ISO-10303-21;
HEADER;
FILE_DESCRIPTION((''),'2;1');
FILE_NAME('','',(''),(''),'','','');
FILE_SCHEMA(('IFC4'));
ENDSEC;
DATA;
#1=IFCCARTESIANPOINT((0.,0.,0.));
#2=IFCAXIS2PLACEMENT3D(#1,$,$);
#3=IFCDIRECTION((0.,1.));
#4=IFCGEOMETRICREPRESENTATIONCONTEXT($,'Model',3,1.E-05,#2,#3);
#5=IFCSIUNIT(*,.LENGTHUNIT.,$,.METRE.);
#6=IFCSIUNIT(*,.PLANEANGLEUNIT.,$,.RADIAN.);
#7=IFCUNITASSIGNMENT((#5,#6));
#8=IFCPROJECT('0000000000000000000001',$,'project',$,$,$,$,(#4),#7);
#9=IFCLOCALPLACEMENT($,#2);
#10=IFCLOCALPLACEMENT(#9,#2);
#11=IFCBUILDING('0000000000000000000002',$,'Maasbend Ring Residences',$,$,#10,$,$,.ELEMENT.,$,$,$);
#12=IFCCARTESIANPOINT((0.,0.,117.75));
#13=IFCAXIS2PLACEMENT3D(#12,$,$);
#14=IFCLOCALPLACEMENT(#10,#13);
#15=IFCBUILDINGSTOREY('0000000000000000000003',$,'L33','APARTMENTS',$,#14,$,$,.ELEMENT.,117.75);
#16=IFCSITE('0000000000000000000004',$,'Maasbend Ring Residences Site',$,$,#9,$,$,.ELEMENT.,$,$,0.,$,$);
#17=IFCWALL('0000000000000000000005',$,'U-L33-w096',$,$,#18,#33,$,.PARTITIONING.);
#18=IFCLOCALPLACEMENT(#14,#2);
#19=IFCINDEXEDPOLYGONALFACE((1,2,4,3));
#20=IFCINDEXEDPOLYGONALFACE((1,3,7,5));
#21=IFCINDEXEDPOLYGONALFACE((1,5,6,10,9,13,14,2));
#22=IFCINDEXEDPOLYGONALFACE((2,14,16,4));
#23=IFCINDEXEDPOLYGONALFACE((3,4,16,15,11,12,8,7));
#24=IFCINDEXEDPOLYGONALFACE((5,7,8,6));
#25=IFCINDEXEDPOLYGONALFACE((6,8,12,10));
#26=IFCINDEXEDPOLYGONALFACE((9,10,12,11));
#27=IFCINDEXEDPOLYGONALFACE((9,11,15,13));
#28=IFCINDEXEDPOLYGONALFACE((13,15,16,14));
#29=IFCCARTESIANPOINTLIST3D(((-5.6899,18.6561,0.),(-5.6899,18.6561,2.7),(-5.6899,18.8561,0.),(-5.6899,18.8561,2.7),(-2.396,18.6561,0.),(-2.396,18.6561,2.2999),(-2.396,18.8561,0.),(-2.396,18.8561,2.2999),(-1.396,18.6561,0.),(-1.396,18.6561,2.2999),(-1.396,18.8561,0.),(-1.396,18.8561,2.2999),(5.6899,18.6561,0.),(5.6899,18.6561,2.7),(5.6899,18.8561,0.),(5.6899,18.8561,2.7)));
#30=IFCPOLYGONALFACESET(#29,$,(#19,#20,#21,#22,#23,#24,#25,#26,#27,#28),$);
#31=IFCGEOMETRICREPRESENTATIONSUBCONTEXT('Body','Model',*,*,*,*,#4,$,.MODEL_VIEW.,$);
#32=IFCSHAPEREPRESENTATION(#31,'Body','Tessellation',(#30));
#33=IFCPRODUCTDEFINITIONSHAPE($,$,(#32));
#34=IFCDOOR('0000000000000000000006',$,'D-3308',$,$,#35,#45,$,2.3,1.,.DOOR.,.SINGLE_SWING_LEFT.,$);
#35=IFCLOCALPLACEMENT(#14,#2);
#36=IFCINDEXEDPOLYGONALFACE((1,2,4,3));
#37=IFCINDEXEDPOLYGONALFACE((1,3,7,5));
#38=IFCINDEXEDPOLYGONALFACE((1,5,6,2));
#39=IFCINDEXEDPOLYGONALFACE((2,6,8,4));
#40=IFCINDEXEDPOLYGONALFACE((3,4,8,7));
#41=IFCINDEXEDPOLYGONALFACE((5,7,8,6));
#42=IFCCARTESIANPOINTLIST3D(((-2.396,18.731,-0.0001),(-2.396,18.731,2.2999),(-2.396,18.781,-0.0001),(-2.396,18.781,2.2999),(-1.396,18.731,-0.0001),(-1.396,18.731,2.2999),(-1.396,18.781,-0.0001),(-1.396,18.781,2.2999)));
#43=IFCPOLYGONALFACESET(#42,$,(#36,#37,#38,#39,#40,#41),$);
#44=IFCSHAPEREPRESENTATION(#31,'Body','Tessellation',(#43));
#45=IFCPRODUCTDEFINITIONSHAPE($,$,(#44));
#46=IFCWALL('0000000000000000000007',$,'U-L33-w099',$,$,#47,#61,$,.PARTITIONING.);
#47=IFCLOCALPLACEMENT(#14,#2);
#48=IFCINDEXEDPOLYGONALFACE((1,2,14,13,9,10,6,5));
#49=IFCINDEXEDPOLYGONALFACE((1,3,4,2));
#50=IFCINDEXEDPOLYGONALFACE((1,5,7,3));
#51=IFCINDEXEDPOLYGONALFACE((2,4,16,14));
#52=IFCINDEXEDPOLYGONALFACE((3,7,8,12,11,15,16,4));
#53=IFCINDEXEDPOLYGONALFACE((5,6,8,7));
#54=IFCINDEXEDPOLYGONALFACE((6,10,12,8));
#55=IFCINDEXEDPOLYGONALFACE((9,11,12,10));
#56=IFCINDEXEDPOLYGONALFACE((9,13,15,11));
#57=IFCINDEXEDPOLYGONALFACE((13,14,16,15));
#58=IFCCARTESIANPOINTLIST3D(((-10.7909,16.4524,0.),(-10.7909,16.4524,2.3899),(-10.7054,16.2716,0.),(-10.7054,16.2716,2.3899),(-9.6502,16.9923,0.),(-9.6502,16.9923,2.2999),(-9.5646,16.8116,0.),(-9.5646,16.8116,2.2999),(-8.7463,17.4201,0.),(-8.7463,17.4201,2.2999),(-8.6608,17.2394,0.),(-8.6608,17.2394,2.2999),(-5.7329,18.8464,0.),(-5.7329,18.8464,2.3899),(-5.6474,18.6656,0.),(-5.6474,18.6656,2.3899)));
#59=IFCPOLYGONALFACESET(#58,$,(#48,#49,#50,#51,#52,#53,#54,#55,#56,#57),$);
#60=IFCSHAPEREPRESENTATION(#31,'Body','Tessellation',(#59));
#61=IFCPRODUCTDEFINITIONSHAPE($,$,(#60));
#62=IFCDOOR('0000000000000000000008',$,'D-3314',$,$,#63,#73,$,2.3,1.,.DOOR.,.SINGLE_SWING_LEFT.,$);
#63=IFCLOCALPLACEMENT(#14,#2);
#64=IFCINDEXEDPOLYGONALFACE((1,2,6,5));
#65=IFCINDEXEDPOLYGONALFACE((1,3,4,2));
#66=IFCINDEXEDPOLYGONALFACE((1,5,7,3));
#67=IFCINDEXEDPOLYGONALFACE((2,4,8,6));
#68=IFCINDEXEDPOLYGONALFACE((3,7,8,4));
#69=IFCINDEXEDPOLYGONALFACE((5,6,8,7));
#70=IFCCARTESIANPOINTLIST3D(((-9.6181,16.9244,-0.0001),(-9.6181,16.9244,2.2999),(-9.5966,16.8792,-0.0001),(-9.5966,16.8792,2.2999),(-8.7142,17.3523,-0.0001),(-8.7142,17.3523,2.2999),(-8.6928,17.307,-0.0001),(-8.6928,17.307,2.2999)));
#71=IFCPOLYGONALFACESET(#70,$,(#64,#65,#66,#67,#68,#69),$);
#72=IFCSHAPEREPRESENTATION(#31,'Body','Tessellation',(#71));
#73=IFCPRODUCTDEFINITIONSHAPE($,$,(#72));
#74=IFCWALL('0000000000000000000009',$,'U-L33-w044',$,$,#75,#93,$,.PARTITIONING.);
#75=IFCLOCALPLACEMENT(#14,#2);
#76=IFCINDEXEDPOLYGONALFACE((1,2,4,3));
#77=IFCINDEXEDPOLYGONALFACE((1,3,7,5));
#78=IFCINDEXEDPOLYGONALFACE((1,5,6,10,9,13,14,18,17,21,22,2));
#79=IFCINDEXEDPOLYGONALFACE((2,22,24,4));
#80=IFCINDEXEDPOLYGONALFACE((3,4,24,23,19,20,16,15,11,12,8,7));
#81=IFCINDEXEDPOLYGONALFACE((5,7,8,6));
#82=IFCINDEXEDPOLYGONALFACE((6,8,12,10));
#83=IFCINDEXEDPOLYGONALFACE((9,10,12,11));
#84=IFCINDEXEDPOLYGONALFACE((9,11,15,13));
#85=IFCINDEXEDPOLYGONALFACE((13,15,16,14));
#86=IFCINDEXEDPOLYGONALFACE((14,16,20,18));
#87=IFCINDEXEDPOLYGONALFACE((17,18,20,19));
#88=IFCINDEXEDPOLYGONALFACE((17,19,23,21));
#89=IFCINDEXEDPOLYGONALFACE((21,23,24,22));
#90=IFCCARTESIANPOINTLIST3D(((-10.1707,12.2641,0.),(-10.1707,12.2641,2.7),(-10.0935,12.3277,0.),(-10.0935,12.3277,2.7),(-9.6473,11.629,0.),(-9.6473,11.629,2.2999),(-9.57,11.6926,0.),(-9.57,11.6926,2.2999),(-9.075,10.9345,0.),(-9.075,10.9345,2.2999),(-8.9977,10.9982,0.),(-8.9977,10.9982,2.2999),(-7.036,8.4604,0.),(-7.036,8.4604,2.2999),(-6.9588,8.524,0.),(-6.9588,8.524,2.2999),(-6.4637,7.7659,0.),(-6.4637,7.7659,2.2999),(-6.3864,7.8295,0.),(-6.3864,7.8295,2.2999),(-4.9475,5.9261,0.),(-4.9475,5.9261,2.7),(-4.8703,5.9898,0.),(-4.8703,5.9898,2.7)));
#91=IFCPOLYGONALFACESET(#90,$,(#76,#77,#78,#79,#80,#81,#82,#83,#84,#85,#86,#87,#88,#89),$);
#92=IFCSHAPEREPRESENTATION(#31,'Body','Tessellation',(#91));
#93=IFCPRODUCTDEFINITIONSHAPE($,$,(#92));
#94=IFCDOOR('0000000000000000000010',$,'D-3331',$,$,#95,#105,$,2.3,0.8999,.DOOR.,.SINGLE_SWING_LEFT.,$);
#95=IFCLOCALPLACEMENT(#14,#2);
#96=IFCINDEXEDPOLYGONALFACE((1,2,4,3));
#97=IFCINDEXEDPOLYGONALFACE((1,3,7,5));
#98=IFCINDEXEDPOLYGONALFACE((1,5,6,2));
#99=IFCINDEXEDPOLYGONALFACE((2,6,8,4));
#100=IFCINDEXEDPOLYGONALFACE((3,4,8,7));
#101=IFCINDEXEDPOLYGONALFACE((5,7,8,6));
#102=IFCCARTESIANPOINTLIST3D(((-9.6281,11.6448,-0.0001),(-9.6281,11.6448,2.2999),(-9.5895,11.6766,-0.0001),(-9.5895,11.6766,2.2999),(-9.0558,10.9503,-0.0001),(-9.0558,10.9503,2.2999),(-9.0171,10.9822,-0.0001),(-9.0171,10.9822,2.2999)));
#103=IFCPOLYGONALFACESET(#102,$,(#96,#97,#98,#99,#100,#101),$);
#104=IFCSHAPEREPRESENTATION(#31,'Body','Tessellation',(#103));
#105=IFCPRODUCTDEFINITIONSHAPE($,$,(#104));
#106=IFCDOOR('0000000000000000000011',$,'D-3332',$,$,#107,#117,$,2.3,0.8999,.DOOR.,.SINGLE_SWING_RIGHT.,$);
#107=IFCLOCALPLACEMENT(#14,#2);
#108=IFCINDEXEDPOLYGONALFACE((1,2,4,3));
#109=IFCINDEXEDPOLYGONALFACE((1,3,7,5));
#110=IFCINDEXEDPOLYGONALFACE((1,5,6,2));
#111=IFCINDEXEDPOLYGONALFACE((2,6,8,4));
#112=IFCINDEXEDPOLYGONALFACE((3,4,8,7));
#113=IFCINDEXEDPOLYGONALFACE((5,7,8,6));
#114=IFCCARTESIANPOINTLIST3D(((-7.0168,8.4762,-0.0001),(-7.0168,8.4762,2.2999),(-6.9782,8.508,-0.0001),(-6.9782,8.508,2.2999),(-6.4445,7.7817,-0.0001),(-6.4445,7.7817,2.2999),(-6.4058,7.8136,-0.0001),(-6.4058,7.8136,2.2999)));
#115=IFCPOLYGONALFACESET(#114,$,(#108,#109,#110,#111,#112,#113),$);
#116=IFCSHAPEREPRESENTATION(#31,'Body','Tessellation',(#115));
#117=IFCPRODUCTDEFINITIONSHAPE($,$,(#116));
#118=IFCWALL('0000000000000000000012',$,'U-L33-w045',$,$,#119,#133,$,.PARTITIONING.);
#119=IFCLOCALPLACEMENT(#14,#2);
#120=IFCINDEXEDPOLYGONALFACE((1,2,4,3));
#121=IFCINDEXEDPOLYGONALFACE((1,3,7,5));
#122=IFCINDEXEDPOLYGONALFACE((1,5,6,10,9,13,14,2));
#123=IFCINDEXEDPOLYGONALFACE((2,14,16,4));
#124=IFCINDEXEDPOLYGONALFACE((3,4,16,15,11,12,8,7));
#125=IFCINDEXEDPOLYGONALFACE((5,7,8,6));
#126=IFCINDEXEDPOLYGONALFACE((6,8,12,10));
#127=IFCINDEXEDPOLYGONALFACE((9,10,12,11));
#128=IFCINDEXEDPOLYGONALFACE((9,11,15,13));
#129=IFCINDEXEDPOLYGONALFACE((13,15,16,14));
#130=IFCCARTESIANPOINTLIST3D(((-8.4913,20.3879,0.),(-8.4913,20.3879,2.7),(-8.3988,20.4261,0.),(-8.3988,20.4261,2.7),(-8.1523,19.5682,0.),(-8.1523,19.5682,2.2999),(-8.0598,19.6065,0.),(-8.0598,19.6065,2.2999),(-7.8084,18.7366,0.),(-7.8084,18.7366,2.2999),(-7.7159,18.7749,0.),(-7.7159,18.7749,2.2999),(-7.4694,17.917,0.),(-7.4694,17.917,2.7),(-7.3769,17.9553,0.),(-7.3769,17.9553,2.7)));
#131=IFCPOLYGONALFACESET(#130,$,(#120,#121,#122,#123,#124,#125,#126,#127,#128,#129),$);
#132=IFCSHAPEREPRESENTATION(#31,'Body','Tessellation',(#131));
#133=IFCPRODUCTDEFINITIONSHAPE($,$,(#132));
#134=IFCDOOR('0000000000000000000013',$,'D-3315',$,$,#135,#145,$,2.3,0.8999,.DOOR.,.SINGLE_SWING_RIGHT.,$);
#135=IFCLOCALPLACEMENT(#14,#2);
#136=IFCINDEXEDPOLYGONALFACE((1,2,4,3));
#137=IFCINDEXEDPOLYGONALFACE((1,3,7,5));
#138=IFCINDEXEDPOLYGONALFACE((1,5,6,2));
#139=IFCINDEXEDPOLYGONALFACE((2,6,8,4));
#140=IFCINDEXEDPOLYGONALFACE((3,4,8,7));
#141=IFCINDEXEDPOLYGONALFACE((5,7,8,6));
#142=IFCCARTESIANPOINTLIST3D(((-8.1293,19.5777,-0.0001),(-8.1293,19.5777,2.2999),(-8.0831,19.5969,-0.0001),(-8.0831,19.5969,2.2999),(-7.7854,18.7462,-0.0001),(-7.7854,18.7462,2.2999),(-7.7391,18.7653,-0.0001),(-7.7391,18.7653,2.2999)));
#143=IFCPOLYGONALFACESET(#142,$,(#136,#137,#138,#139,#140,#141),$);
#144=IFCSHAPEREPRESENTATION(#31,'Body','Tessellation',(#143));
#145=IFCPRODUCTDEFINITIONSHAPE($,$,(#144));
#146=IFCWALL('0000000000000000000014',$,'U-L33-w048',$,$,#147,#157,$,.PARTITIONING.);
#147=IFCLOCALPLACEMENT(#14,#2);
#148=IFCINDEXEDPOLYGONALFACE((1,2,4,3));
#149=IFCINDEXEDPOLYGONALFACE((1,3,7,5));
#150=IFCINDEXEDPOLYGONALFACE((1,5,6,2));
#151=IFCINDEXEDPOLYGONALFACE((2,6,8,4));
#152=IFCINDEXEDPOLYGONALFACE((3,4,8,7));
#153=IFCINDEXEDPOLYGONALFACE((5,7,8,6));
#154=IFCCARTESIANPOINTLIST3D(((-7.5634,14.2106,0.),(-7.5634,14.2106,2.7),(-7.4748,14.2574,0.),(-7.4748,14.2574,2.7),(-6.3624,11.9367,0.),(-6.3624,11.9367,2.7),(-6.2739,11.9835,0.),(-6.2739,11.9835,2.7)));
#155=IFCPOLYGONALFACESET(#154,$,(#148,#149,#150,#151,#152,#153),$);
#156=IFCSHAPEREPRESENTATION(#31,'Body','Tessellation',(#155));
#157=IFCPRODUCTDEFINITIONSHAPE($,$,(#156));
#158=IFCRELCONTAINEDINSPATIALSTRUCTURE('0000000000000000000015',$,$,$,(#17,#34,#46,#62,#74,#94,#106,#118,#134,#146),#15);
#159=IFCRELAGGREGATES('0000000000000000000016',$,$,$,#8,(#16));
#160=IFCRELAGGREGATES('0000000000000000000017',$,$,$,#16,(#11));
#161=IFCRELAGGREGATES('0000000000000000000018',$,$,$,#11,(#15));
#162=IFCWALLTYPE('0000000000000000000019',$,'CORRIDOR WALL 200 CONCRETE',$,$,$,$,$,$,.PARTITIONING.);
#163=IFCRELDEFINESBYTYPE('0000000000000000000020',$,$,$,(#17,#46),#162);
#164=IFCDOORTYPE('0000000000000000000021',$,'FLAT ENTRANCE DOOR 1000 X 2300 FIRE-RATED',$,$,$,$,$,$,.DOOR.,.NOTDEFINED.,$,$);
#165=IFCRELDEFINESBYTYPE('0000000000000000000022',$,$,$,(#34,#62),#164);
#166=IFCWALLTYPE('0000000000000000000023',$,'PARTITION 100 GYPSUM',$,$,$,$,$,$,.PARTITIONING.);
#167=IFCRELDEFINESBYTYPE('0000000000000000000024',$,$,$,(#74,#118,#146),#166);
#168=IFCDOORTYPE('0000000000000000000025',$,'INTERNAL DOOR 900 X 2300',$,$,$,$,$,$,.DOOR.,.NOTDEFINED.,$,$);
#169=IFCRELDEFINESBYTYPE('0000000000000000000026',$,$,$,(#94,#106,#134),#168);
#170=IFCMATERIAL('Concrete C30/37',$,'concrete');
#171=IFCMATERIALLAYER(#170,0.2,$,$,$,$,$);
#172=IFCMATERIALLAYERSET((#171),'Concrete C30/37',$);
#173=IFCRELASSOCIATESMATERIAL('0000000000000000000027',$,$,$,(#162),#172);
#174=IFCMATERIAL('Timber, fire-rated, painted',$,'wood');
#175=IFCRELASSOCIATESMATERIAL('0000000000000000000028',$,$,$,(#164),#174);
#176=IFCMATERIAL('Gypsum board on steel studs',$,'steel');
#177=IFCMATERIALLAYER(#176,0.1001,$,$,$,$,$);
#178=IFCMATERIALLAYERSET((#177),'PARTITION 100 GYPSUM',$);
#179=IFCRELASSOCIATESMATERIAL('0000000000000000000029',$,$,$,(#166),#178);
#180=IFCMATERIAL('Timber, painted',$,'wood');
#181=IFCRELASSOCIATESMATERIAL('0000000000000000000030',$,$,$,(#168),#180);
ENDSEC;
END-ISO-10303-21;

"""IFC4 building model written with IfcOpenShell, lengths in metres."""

from ifc_helpers import new_model, si_unit, direction, frame, frame_2d, origin, place, context, subcontext, project, spatial, rectangle, extrude, material, layer, layer_set, type_object, element, fill, save


model = new_model("IFC4")

# Units and contexts
model_context = context("Model", 3, precision=1e-05, world=origin(), true_north=direction((0.0, 1.0)))
body_context = subcontext(model_context, "Body", "Model", "MODEL_VIEW")
ifc_project = project(units=[si_unit("LENGTHUNIT", "METRE"), si_unit("PLANEANGLEUNIT", "RADIAN")], contexts=[model_context])

# Site, building, storey
site_placement = place(None, origin())
site = spatial("IfcSite", under=ifc_project, at=site_placement, Name="Maasbend Ring Residences Site", CompositionType="ELEMENT", RefElevation=0.0)
building_placement = place(site_placement, origin())
building = spatial("IfcBuilding", under=site, at=building_placement, Name="Maasbend Ring Residences", CompositionType="ELEMENT")
storey_placement = place(building_placement, frame((0.0, 0.0, 117.75)))
storey = spatial("IfcBuildingStorey", under=building, at=storey_placement, Name="L33", Description="APARTMENTS", CompositionType="ELEMENT", Elevation=117.75)

# Walls, openings, doors
ifc_material_1 = material(Name="Concrete C30/37", Category="concrete")
ifc_layer_1 = layer(ifc_material_1, 0.2)
ifc_layer_set_1 = layer_set([ifc_layer_1], Name="Concrete C30/37")
wall_type_1 = type_object("IfcWallType", Name="CORRIDOR WALL 200 CONCRETE", PredefinedType="PARTITIONING", material=ifc_layer_set_1)
ifc_material_2 = material(Name="Timber, fire-rated, painted", Category="wood")
door_type_1 = type_object("IfcDoorType", Name="FLAT ENTRANCE DOOR 1000 X 2300 FIRE-RATED", OperationType="NOTDEFINED", PredefinedType="DOOR", material=ifc_material_2)
wall_1_placement = place(storey_placement, frame((-5.6899, 18.7561, 0.0), z_axis=(0.0, 0.0, 1.0), x_axis=(1.0, 0.0, 0.0)))
wall_1 = element("IfcWall", 1, at=wall_1_placement, inside=storey, type_object=wall_type_1, Name="U-L33-w096", PredefinedType="PARTITIONING", context=body_context, shape_type="SweptSolid", body=[
    extrude(rectangle(XDim=11.3799, YDim=0.2, at=frame_2d((5.6899, 0.0))), origin(), (0.0, 0.0, 1.0), 2.7),
])
opening_1_placement = place(wall_1_placement, frame((3.2939, 0.0, 0.0)))
opening_1 = element("IfcOpeningElement", 2, at=opening_1_placement, cuts=wall_1, PredefinedType="OPENING", context=body_context, shape_type="SweptSolid", body=[
    extrude(rectangle(XDim=1.0, YDim=2.3, at=frame_2d((0.5, 1.1499))), frame((0.0, 0.1099, 0.0), z_axis=(0.0, -1.0, 0.0), x_axis=(1.0, 0.0, 0.0)), (0.0, 0.0, 1.0), 0.22),
])
door_1_placement = place(opening_1_placement, origin())
door_1 = element("IfcDoor", 3, at=door_1_placement, inside=storey, type_object=door_type_1, Name="D-3308", OperationType="SINGLE_SWING_LEFT", OverallHeight=2.3, OverallWidth=1.0, PredefinedType="DOOR", context=body_context, shape_type="SweptSolid", body=[
    extrude(rectangle(XDim=1.0, YDim=2.3, at=frame_2d((0.5, 1.1499))), frame((0.0, 0.0249, 0.0), z_axis=(0.0, -1.0, 0.0), x_axis=(1.0, 0.0, 0.0)), (0.0, 0.0, 1.0), 0.05),
])
fill(opening_1, door_1)
wall_2_placement = place(storey_placement, frame((-10.748, 16.3621, 0.0), z_axis=(0.0, 0.0, 1.0), x_axis=(0.903869, 0.427809, 0.0)))
wall_2 = element("IfcWall", 4, at=wall_2_placement, inside=storey, type_object=wall_type_1, Name="U-L33-w099", PredefinedType="PARTITIONING", context=body_context, shape_type="SweptSolid", body=[
    extrude(rectangle(XDim=5.5959, YDim=0.2, at=frame_2d((2.7979, 0.0))), origin(), (0.0, 0.0, 1.0), 2.3899),
])
opening_2_placement = place(wall_2_placement, frame((1.262, 0.0, 0.0)))
opening_2 = element("IfcOpeningElement", 5, at=opening_2_placement, cuts=wall_2, PredefinedType="OPENING", context=body_context, shape_type="SweptSolid", body=[
    extrude(rectangle(XDim=1.0, YDim=2.3, at=frame_2d((0.5, 1.1499))), frame((0.0, 0.1099, 0.0), z_axis=(0.0, -1.0, 0.0), x_axis=(1.0, 0.0, 0.0)), (0.0, 0.0, 1.0), 0.22),
])
door_2_placement = place(opening_2_placement, origin())
door_2 = element("IfcDoor", 6, at=door_2_placement, inside=storey, type_object=door_type_1, Name="D-3314", OperationType="SINGLE_SWING_LEFT", OverallHeight=2.3, OverallWidth=1.0, PredefinedType="DOOR", context=body_context, shape_type="SweptSolid", body=[
    extrude(rectangle(XDim=1.0, YDim=2.3, at=frame_2d((0.5, 1.1499))), frame((0.0, 0.0249, 0.0), z_axis=(0.0, -1.0, 0.0), x_axis=(1.0, 0.0, 0.0)), (0.0, 0.0, 1.0), 0.05),
])
fill(opening_2, door_2)

# Wall, openings, doors
ifc_material_3 = material(Name="Gypsum board on steel studs", Category="steel")
ifc_layer_2 = layer(ifc_material_3, 0.1001)
ifc_layer_set_2 = layer_set([ifc_layer_2], Name="PARTITION 100 GYPSUM")
wall_type_2 = type_object("IfcWallType", Name="PARTITION 100 GYPSUM", PredefinedType="PARTITIONING", material=ifc_layer_set_2)
wall_3_placement = place(storey_placement, frame((-10.1321, 12.2959, 0.0), z_axis=(0.0, 0.0, 1.0), x_axis=(0.635976, -0.771709, 0.0)))
wall_3 = element("IfcWall", 7, at=wall_3_placement, inside=storey, type_object=wall_type_2, Name="U-L33-w044", PredefinedType="PARTITIONING", context=body_context, shape_type="SweptSolid", body=[
    extrude(rectangle(XDim=8.2129, YDim=0.1001, at=frame_2d((4.1064, 0.0))), origin(), (0.0, 0.0, 1.0), 2.7),
])
opening_3_placement = place(wall_3_placement, frame((0.823, 0.0, 0.0)))
opening_3 = element("IfcOpeningElement", 8, at=opening_3_placement, cuts=wall_3, PredefinedType="OPENING", context=body_context, shape_type="SweptSolid", body=[
    extrude(rectangle(XDim=0.8999, YDim=2.3, at=frame_2d((0.45, 1.1499))), frame((0.0, 0.0601, 0.0), z_axis=(0.0, -1.0, 0.0), x_axis=(1.0, 0.0, 0.0)), (0.0, 0.0, 1.0), 0.1201),
])
opening_4_placement = place(wall_3_placement, frame((4.929, 0.0, 0.0)))
opening_4 = element("IfcOpeningElement", 9, at=opening_4_placement, cuts=wall_3, PredefinedType="OPENING", context=body_context, shape_type="SweptSolid", body=[
    extrude(rectangle(XDim=0.8999, YDim=2.3, at=frame_2d((0.45, 1.1499))), frame((0.0, 0.0601, 0.0), z_axis=(0.0, -1.0, 0.0), x_axis=(1.0, 0.0, 0.0)), (0.0, 0.0, 1.0), 0.1201),
])
ifc_material_4 = material(Name="Timber, painted", Category="wood")
door_type_2 = type_object("IfcDoorType", Name="INTERNAL DOOR 900 X 2300", OperationType="NOTDEFINED", PredefinedType="DOOR", material=ifc_material_4)
door_3_placement = place(opening_3_placement, origin())
door_3 = element("IfcDoor", 10, at=door_3_placement, inside=storey, type_object=door_type_2, Name="D-3331", OperationType="SINGLE_SWING_LEFT", OverallHeight=2.3, OverallWidth=0.8999, PredefinedType="DOOR", context=body_context, shape_type="SweptSolid", body=[
    extrude(rectangle(XDim=0.8999, YDim=2.3, at=frame_2d((0.45, 1.1499))), frame((0.0, 0.0249, 0.0), z_axis=(0.0, -1.0, 0.0), x_axis=(1.0, 0.0, 0.0)), (0.0, 0.0, 1.0), 0.05),
])
fill(opening_3, door_3)
door_4_placement = place(opening_4_placement, origin())
door_4 = element("IfcDoor", 11, at=door_4_placement, inside=storey, type_object=door_type_2, Name="D-3332", OperationType="SINGLE_SWING_RIGHT", OverallHeight=2.3, OverallWidth=0.8999, PredefinedType="DOOR", context=body_context, shape_type="SweptSolid", body=[
    extrude(rectangle(XDim=0.8999, YDim=2.3, at=frame_2d((0.45, 1.1499))), frame((0.0, 0.0249, 0.0), z_axis=(0.0, -1.0, 0.0), x_axis=(1.0, 0.0, 0.0)), (0.0, 0.0, 1.0), 0.05),
])
fill(opening_4, door_4)

# Wall, opening, door
wall_4_placement = place(storey_placement, frame((-8.4451, 20.407, 0.0), z_axis=(0.0, 0.0, 1.0), x_axis=(0.382196, -0.924081, 0.0)))
wall_4 = element("IfcWall", 12, at=wall_4_placement, inside=storey, type_object=wall_type_2, Name="U-L33-w045", PredefinedType="PARTITIONING", context=body_context, shape_type="SweptSolid", body=[
    extrude(rectangle(XDim=2.6738, YDim=0.1001, at=frame_2d((1.3369, 0.0))), origin(), (0.0, 0.0, 1.0), 2.7),
])
opening_5_placement = place(wall_4_placement, frame((0.887, 0.0, 0.0)))
opening_5 = element("IfcOpeningElement", 13, at=opening_5_placement, cuts=wall_4, PredefinedType="OPENING", context=body_context, shape_type="SweptSolid", body=[
    extrude(rectangle(XDim=0.8999, YDim=2.3, at=frame_2d((0.45, 1.1499))), frame((0.0, 0.0601, 0.0), z_axis=(0.0, -1.0, 0.0), x_axis=(1.0, 0.0, 0.0)), (0.0, 0.0, 1.0), 0.1201),
])
door_5_placement = place(opening_5_placement, origin())
door_5 = element("IfcDoor", 14, at=door_5_placement, inside=storey, type_object=door_type_2, Name="D-3315", OperationType="SINGLE_SWING_RIGHT", OverallHeight=2.3, OverallWidth=0.8999, PredefinedType="DOOR", context=body_context, shape_type="SweptSolid", body=[
    extrude(rectangle(XDim=0.8999, YDim=2.3, at=frame_2d((0.45, 1.1499))), frame((0.0, 0.0249, 0.0), z_axis=(0.0, -1.0, 0.0), x_axis=(1.0, 0.0, 0.0)), (0.0, 0.0, 1.0), 0.05),
])
fill(opening_5, door_5)

# Wall
wall_5_placement = place(storey_placement, frame((-7.519, 14.2339, 0.0), z_axis=(0.0, 0.0, 1.0), x_axis=(0.467002, -0.884256, 0.0)))
element("IfcWall", 15, at=wall_5_placement, inside=storey, type_object=wall_type_2, Name="U-L33-w048", PredefinedType="PARTITIONING", context=body_context, shape_type="SweptSolid", body=[
    extrude(rectangle(XDim=2.5715, YDim=0.1001, at=frame_2d((1.2856, 0.0))), origin(), (0.0, 0.0, 1.0), 2.7),
])

save(model, "model.ifc")
